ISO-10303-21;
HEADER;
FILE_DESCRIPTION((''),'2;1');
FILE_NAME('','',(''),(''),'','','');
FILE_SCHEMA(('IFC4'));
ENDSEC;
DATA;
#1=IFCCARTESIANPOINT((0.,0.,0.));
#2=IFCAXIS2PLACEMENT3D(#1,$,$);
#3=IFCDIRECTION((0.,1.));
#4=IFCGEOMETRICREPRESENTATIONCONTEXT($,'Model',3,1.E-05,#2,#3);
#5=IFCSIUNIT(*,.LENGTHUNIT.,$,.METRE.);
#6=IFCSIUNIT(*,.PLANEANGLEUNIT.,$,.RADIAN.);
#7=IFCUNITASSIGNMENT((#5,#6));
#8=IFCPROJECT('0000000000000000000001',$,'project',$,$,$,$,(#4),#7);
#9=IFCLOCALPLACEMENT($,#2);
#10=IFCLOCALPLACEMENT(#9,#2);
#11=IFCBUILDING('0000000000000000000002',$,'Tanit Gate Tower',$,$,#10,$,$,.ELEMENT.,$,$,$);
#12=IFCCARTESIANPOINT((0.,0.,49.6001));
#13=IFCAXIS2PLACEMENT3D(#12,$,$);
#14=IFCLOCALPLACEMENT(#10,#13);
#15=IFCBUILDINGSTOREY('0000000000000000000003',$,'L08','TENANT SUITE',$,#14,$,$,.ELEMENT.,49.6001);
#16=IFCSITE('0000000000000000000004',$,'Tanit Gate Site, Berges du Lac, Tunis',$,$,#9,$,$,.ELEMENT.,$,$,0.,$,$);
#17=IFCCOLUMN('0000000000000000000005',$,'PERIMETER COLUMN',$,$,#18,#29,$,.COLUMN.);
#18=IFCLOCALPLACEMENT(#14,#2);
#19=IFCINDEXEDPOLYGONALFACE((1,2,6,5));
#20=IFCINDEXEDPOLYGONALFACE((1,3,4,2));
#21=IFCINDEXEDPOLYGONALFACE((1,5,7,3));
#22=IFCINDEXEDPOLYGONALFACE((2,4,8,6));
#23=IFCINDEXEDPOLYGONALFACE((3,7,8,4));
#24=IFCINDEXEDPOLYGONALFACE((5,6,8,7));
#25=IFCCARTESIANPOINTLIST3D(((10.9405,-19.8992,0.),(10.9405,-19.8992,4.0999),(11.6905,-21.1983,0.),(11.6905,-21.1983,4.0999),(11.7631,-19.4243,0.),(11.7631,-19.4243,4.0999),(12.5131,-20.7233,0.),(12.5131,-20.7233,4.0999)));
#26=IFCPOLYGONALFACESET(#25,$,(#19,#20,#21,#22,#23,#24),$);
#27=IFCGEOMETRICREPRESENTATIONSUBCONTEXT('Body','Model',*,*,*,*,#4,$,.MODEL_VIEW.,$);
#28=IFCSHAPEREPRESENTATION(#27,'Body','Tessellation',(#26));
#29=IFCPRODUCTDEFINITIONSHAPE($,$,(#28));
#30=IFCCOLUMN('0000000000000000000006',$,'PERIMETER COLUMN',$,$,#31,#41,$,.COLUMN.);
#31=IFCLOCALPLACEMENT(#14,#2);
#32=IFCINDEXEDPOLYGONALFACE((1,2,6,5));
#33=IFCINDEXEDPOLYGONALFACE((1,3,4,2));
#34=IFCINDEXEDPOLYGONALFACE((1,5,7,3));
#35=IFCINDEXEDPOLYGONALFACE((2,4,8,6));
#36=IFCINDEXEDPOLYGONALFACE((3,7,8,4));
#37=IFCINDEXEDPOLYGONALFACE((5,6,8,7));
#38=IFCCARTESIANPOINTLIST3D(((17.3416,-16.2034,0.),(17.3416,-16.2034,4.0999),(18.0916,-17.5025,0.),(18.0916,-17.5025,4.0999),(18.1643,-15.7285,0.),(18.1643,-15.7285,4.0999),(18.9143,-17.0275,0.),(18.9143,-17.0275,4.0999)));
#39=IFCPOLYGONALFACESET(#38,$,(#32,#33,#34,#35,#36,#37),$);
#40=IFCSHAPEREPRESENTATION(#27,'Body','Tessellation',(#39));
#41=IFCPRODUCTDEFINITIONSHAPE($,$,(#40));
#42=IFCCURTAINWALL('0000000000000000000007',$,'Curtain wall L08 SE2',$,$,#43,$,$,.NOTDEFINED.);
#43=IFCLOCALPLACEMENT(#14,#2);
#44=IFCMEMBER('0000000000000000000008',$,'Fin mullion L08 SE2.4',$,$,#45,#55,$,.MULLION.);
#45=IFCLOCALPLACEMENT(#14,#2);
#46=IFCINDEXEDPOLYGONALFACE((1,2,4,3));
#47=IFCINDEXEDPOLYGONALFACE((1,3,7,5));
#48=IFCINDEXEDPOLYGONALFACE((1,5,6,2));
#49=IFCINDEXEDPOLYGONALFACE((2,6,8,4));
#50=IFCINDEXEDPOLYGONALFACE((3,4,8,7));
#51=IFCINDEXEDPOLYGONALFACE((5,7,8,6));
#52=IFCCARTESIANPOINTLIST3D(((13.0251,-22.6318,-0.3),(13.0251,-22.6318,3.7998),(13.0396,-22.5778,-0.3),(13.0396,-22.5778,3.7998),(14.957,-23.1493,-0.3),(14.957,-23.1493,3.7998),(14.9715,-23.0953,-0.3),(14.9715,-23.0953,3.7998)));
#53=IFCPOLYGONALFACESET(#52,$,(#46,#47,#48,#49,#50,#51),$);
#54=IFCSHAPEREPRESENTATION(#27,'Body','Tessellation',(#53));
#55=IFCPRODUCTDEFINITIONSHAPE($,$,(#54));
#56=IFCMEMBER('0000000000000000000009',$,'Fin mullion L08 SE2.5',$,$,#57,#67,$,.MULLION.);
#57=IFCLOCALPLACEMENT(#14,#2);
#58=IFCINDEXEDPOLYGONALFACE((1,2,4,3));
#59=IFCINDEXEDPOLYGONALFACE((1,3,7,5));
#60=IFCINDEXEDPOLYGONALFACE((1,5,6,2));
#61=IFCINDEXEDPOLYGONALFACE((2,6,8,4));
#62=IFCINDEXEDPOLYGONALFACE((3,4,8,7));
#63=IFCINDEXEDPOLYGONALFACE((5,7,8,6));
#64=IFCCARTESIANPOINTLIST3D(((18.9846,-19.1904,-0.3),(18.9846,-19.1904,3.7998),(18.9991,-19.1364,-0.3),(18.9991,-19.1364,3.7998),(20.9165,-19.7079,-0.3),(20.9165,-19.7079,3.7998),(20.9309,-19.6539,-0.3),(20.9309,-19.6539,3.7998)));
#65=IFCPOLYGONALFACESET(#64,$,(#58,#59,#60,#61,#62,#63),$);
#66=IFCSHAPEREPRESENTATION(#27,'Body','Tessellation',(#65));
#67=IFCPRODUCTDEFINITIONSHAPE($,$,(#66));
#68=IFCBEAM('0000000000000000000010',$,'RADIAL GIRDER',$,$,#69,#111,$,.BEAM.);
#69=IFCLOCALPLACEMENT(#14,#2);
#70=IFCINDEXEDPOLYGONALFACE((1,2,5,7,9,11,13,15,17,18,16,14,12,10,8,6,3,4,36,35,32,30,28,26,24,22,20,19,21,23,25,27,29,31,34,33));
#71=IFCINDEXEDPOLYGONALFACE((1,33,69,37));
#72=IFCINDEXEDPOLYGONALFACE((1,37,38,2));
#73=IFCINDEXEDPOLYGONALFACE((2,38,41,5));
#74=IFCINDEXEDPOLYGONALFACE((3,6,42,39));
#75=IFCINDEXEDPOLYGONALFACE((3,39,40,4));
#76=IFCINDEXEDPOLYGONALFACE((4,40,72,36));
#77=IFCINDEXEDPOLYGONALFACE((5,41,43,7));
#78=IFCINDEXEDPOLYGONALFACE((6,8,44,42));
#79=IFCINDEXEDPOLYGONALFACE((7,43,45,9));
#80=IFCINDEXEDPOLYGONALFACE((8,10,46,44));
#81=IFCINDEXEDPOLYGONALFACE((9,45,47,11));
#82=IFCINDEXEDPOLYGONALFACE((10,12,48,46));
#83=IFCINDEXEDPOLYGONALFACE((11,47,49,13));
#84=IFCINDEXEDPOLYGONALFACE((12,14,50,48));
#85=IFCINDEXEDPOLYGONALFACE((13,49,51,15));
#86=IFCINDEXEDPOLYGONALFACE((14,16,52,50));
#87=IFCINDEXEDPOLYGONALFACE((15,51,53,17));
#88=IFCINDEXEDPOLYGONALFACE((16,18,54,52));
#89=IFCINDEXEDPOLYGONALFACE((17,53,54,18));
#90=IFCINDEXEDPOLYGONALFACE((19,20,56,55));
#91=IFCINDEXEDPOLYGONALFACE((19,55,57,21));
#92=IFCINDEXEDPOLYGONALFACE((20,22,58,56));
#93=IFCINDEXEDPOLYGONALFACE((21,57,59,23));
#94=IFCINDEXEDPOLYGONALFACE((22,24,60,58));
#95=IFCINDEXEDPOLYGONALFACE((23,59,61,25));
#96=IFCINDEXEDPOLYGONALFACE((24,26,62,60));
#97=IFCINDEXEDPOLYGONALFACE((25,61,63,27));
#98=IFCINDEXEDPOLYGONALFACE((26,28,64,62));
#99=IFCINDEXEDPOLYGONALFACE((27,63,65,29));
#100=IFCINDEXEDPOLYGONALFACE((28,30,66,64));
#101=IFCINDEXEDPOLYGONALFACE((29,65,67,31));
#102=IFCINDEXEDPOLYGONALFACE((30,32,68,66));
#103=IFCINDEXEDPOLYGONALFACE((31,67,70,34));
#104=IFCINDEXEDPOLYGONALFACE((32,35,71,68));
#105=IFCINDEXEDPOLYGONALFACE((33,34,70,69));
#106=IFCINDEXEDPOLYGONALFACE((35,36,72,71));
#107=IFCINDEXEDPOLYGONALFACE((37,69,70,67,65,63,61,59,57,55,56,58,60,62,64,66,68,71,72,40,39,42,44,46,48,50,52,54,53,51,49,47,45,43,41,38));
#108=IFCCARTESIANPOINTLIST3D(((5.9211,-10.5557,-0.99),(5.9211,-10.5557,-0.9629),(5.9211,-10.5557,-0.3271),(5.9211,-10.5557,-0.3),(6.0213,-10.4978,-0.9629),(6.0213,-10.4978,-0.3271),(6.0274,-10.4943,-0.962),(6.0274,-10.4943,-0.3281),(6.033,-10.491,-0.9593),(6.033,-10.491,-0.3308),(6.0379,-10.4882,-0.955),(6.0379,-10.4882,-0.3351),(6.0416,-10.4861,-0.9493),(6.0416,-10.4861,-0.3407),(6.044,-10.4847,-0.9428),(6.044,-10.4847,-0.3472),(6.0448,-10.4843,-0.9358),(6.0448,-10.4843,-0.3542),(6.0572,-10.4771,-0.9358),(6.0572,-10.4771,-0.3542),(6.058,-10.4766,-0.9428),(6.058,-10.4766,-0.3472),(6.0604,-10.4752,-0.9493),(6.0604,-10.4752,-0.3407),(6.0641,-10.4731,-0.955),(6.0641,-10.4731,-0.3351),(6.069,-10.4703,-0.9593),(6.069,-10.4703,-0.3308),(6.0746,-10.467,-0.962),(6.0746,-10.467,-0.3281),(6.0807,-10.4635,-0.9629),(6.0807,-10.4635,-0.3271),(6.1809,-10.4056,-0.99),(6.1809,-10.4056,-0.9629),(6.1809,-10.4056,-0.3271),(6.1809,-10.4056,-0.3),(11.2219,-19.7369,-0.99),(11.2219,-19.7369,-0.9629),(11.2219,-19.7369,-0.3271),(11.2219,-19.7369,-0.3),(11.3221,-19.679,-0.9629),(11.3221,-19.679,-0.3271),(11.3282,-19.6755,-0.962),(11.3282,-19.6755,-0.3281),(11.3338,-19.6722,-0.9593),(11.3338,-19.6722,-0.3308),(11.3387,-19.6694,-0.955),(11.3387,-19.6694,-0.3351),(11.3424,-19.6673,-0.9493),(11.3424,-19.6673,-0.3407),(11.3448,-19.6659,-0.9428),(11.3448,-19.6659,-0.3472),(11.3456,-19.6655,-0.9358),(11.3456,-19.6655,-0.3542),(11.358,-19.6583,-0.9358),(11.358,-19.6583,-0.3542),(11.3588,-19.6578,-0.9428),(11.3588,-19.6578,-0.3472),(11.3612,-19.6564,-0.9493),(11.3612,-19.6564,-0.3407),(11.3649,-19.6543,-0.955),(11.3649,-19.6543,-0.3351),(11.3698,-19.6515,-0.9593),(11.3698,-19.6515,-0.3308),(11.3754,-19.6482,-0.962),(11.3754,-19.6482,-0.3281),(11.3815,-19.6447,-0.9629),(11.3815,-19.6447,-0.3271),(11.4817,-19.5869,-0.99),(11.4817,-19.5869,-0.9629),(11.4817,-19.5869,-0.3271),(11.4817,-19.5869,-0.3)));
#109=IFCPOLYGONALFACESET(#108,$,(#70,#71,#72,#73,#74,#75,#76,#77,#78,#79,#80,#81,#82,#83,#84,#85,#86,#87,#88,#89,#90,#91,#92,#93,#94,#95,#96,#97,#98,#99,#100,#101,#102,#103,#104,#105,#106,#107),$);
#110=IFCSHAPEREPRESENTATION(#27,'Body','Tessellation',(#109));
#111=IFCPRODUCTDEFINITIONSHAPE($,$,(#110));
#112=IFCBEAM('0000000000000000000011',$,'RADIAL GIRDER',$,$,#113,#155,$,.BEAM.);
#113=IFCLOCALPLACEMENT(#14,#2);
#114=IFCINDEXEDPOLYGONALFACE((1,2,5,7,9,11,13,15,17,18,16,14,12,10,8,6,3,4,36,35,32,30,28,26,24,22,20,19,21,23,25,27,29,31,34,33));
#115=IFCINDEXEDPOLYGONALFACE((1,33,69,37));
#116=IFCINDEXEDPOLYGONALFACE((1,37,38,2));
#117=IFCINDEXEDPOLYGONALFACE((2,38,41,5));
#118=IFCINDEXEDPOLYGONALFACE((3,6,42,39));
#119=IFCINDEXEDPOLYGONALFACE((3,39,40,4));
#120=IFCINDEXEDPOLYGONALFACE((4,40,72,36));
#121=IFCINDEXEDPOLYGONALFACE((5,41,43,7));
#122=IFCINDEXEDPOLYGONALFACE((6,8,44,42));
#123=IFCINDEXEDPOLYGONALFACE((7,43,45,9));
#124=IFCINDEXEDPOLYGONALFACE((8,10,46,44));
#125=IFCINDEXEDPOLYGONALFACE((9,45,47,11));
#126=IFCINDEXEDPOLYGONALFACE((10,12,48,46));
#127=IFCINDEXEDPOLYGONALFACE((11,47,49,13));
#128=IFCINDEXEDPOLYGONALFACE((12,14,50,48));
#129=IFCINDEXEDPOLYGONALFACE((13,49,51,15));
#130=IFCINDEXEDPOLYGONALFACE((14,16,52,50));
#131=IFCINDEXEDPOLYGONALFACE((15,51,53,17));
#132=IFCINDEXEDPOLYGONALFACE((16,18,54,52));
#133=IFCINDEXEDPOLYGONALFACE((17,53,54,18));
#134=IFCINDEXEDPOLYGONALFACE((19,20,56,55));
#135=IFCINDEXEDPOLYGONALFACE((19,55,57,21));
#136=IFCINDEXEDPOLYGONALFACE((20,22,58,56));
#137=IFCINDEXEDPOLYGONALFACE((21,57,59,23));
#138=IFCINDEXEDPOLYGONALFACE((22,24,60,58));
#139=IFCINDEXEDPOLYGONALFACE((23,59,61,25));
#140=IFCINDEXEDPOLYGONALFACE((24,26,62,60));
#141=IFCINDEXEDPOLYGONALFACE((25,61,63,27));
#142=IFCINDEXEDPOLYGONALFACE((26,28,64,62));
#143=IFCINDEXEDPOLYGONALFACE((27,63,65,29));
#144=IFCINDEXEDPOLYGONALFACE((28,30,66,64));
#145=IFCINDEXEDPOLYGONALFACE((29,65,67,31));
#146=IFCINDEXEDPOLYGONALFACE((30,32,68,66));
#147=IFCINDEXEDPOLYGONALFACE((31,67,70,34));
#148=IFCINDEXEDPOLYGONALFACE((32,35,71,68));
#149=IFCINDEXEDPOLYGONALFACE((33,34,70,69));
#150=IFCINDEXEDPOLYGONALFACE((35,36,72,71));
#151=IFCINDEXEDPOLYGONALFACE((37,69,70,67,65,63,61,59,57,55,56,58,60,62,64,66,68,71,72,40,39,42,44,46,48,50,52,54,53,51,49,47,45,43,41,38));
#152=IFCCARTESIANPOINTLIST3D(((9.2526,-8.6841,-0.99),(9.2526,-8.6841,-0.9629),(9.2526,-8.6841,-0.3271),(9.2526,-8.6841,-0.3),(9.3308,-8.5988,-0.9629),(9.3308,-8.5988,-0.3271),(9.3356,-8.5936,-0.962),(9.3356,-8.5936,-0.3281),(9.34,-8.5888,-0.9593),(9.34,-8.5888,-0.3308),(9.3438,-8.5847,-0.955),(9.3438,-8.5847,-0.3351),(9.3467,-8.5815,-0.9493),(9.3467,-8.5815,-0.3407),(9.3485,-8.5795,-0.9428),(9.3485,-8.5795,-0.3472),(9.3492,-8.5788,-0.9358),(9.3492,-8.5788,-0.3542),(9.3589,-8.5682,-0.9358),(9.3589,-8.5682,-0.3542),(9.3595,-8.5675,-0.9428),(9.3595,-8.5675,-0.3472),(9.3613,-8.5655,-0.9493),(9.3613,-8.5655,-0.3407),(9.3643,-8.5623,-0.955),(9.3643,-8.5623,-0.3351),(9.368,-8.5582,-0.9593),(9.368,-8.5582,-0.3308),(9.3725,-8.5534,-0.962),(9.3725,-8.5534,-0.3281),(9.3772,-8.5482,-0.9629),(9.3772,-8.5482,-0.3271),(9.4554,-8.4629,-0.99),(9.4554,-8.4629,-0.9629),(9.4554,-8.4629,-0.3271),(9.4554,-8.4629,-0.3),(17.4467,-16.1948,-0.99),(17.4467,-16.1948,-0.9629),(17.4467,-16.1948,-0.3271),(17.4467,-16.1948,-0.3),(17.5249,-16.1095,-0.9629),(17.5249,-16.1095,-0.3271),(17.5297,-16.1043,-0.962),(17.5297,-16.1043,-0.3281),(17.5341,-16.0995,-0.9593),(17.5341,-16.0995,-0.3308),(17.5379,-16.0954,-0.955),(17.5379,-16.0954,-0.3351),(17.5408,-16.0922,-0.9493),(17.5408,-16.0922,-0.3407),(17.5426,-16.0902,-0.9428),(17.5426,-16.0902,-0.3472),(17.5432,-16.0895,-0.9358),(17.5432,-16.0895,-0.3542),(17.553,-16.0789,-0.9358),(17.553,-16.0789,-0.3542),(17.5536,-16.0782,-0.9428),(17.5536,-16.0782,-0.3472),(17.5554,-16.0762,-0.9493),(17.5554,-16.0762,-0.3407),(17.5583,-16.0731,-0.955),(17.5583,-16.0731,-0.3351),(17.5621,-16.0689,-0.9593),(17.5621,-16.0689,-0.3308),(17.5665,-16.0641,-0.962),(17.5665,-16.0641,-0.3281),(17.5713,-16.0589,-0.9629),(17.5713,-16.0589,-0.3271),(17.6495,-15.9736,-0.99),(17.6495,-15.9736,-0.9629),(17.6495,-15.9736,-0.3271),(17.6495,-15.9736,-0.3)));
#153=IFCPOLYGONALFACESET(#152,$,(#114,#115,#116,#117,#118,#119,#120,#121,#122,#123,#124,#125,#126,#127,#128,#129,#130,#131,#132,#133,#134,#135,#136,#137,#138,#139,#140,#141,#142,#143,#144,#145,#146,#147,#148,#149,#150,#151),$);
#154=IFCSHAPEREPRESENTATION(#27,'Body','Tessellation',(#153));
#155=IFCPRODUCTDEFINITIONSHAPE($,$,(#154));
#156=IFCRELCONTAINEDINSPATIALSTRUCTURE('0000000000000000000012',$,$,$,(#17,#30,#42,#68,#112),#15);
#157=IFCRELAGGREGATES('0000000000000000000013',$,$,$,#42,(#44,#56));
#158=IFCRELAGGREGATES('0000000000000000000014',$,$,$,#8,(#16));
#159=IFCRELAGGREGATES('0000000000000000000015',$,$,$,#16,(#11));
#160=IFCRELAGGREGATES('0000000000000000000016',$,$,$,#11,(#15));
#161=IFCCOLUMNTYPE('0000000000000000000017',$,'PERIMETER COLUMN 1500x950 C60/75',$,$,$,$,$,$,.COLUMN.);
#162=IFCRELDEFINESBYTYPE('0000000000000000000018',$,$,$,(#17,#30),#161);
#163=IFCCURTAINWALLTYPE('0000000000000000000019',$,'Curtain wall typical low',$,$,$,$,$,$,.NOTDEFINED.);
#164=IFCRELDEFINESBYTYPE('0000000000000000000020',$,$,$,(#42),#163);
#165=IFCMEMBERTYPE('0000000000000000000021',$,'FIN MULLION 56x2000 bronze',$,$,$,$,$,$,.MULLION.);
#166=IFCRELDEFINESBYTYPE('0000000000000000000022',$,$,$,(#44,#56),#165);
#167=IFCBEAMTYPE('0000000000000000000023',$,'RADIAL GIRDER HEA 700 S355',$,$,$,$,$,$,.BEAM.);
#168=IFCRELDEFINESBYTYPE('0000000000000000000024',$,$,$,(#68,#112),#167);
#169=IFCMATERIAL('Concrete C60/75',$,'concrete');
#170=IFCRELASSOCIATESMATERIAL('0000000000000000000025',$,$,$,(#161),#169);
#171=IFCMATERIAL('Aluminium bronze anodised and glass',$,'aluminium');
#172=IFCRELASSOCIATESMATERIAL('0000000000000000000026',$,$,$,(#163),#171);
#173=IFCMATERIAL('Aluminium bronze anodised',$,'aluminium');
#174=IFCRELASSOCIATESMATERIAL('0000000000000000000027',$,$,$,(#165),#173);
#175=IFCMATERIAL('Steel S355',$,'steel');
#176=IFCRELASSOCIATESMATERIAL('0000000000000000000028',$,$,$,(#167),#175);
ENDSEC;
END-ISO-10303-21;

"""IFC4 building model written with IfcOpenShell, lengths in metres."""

from ifc_helpers import new_model, si_unit, direction, frame, origin, origin_2d, place, context, subcontext, project, spatial, rectangle, i_section, extrude, material, material_profile, profile_set, type_object, element, aggregate, save


model = new_model("IFC4")

# Units and contexts
model_context = context("Model", 3, precision=1e-05, world=origin(), true_north=direction((0.0, 1.0)))
body_context = subcontext(model_context, "Body", "Model", "MODEL_VIEW")
ifc_project = project(units=[si_unit("LENGTHUNIT", "METRE"), si_unit("PLANEANGLEUNIT", "RADIAN")], contexts=[model_context])

# Site, building, storey
site_placement = place(None, origin())
site = spatial("IfcSite", under=ifc_project, at=site_placement, Name="Tanit Gate Site, Berges du Lac, Tunis", CompositionType="ELEMENT", RefElevation=0.0)
building_placement = place(site_placement, origin())
building = spatial("IfcBuilding", under=site, at=building_placement, Name="Tanit Gate Tower", CompositionType="ELEMENT")
storey_placement = place(building_placement, frame((0.0, 0.0, 49.6001)))
storey = spatial("IfcBuildingStorey", under=building, at=storey_placement, Name="L08", Description="TENANT SUITE", CompositionType="ELEMENT", Elevation=49.6001)

# Columns
ifc_material_1 = material(Name="Concrete C60/75", Category="concrete")
ifc_material_profile_1 = material_profile(ifc_material_1, rectangle(XDim=1.5, YDim=0.95, at=origin_2d()), Name="RC 1500x950")
ifc_profile_set_1 = profile_set([ifc_material_profile_1], Name="Concrete C60/75")
column_type = type_object("IfcColumnType", Name="PERIMETER COLUMN 1500x950 C60/75", PredefinedType="COLUMN", material=ifc_profile_set_1)
for number, where, z_axis, x_axis, name in (
    (1, (11.7268, -20.3113, 0.0), (0.0, 0.0, 1.0), (0.5, -0.866025, 0.0), "PERIMETER COLUMN"),
    (2, (18.1279, -16.6155, 0.0), (0.0, 0.0, 1.0), (0.5, -0.866025, 0.0), "PERIMETER COLUMN"),
):
    element("IfcColumn", number, at=place(storey_placement, frame(where, z_axis=z_axis, x_axis=x_axis)), inside=storey, type_object=column_type, Name=name, PredefinedType="COLUMN", context=body_context, shape_type="SweptSolid", body=[
        extrude(rectangle(XDim=1.5, YDim=0.95, at=origin_2d()), origin(), (0.0, 0.0, 1.0), 4.0999),
    ])

# Curtain wall, members
ifc_material_2 = material(Name="Aluminium bronze anodised and glass", Category="aluminium")
curtain_wall_type = type_object("IfcCurtainWallType", Name="Curtain wall typical low", PredefinedType="NOTDEFINED", material=ifc_material_2)
curtain_wall_placement = place(storey_placement, origin())
curtain_wall = element("IfcCurtainWall", 3, at=curtain_wall_placement, inside=storey, type_object=curtain_wall_type, Name="Curtain wall L08 SE2", PredefinedType="NOTDEFINED")
ifc_material_3 = material(Name="Aluminium bronze anodised", Category="aluminium")
ifc_material_profile_2 = material_profile(ifc_material_3, rectangle(XDim=2.0, YDim=0.0559, at=origin_2d()), Name="56x2000 bronze fin mullion")
ifc_profile_set_2 = profile_set([ifc_material_profile_2], Name="Aluminium bronze anodised")
member_type_1 = type_object("IfcMemberType", Name="FIN MULLION 56x2000 bronze", PredefinedType="MULLION", material=ifc_profile_set_2)
member_1_placement = place(storey_placement, frame((13.9983, -22.8635, -0.3), z_axis=(0.0, 0.0, 1.0), x_axis=(-0.965944, 0.258752, 0.0)))
member_1 = element("IfcMember", 4, at=member_1_placement, type_object=member_type_1, Name="Fin mullion L08 SE2.4", PredefinedType="MULLION", context=body_context, shape_type="SweptSolid", body=[
    extrude(rectangle(XDim=2.0, YDim=0.0559, at=origin_2d()), origin(), (0.0, 0.0, 1.0), 4.0999),
])
member_2_placement = place(storey_placement, frame((19.9578, -19.4221, -0.3), z_axis=(0.0, 0.0, 1.0), x_axis=(-0.965944, 0.258752, 0.0)))
member_2 = element("IfcMember", 5, at=member_2_placement, type_object=member_type_1, Name="Fin mullion L08 SE2.5", PredefinedType="MULLION", context=body_context, shape_type="SweptSolid", body=[
    extrude(rectangle(XDim=2.0, YDim=0.0559, at=origin_2d()), origin(), (0.0, 0.0, 1.0), 4.0999),
])

# Beams
ifc_material_4 = material(Name="Steel S355", Category="steel")
ifc_material_profile_3 = material_profile(ifc_material_4, i_section(OverallWidth=0.3, OverallDepth=0.6899, WebThickness=0.0144, FlangeThickness=0.0271, FilletRadius=0.0271, at=origin_2d()), Name="HEA 700")
ifc_profile_set_3 = profile_set([ifc_material_profile_3], Name="Steel S355")
beam_type_1 = type_object("IfcBeamType", Name="RADIAL GIRDER HEA 700 S355", PredefinedType="BEAM", material=ifc_profile_set_3)
beam_1_placement = place(storey_placement, frame((11.3518, -19.6619, -0.645), z_axis=(-0.500003, 0.866024, 0.0), x_axis=(-0.866024, -0.500003, 0.0)))
element("IfcBeam", 6, at=beam_1_placement, inside=storey, type_object=beam_type_1, Name="RADIAL GIRDER", PredefinedType="BEAM", context=body_context, shape_type="SweptSolid", body=[
    extrude(i_section(OverallWidth=0.3, OverallDepth=0.6899, WebThickness=0.0144, FlangeThickness=0.0271, FilletRadius=0.0271, at=origin_2d()), origin(), (0.0, 0.0, 1.0), 10.6016),
])
beam_2_placement = place(storey_placement, frame((17.5481, -16.0842, -0.645), z_axis=(-0.737177, 0.6757, 0.0), x_axis=(-0.6757, -0.737177, 0.0)))
element("IfcBeam", 7, at=beam_2_placement, inside=storey, type_object=beam_type_1, Name="RADIAL GIRDER", PredefinedType="BEAM", context=body_context, shape_type="SweptSolid", body=[
    extrude(i_section(OverallWidth=0.3, OverallDepth=0.6899, WebThickness=0.0144, FlangeThickness=0.0271, FilletRadius=0.0271, at=origin_2d()), origin(), (0.0, 0.0, 1.0), 11.1155),
])

aggregate(curtain_wall, [member_1, member_2])

save(model, "model.ifc")
